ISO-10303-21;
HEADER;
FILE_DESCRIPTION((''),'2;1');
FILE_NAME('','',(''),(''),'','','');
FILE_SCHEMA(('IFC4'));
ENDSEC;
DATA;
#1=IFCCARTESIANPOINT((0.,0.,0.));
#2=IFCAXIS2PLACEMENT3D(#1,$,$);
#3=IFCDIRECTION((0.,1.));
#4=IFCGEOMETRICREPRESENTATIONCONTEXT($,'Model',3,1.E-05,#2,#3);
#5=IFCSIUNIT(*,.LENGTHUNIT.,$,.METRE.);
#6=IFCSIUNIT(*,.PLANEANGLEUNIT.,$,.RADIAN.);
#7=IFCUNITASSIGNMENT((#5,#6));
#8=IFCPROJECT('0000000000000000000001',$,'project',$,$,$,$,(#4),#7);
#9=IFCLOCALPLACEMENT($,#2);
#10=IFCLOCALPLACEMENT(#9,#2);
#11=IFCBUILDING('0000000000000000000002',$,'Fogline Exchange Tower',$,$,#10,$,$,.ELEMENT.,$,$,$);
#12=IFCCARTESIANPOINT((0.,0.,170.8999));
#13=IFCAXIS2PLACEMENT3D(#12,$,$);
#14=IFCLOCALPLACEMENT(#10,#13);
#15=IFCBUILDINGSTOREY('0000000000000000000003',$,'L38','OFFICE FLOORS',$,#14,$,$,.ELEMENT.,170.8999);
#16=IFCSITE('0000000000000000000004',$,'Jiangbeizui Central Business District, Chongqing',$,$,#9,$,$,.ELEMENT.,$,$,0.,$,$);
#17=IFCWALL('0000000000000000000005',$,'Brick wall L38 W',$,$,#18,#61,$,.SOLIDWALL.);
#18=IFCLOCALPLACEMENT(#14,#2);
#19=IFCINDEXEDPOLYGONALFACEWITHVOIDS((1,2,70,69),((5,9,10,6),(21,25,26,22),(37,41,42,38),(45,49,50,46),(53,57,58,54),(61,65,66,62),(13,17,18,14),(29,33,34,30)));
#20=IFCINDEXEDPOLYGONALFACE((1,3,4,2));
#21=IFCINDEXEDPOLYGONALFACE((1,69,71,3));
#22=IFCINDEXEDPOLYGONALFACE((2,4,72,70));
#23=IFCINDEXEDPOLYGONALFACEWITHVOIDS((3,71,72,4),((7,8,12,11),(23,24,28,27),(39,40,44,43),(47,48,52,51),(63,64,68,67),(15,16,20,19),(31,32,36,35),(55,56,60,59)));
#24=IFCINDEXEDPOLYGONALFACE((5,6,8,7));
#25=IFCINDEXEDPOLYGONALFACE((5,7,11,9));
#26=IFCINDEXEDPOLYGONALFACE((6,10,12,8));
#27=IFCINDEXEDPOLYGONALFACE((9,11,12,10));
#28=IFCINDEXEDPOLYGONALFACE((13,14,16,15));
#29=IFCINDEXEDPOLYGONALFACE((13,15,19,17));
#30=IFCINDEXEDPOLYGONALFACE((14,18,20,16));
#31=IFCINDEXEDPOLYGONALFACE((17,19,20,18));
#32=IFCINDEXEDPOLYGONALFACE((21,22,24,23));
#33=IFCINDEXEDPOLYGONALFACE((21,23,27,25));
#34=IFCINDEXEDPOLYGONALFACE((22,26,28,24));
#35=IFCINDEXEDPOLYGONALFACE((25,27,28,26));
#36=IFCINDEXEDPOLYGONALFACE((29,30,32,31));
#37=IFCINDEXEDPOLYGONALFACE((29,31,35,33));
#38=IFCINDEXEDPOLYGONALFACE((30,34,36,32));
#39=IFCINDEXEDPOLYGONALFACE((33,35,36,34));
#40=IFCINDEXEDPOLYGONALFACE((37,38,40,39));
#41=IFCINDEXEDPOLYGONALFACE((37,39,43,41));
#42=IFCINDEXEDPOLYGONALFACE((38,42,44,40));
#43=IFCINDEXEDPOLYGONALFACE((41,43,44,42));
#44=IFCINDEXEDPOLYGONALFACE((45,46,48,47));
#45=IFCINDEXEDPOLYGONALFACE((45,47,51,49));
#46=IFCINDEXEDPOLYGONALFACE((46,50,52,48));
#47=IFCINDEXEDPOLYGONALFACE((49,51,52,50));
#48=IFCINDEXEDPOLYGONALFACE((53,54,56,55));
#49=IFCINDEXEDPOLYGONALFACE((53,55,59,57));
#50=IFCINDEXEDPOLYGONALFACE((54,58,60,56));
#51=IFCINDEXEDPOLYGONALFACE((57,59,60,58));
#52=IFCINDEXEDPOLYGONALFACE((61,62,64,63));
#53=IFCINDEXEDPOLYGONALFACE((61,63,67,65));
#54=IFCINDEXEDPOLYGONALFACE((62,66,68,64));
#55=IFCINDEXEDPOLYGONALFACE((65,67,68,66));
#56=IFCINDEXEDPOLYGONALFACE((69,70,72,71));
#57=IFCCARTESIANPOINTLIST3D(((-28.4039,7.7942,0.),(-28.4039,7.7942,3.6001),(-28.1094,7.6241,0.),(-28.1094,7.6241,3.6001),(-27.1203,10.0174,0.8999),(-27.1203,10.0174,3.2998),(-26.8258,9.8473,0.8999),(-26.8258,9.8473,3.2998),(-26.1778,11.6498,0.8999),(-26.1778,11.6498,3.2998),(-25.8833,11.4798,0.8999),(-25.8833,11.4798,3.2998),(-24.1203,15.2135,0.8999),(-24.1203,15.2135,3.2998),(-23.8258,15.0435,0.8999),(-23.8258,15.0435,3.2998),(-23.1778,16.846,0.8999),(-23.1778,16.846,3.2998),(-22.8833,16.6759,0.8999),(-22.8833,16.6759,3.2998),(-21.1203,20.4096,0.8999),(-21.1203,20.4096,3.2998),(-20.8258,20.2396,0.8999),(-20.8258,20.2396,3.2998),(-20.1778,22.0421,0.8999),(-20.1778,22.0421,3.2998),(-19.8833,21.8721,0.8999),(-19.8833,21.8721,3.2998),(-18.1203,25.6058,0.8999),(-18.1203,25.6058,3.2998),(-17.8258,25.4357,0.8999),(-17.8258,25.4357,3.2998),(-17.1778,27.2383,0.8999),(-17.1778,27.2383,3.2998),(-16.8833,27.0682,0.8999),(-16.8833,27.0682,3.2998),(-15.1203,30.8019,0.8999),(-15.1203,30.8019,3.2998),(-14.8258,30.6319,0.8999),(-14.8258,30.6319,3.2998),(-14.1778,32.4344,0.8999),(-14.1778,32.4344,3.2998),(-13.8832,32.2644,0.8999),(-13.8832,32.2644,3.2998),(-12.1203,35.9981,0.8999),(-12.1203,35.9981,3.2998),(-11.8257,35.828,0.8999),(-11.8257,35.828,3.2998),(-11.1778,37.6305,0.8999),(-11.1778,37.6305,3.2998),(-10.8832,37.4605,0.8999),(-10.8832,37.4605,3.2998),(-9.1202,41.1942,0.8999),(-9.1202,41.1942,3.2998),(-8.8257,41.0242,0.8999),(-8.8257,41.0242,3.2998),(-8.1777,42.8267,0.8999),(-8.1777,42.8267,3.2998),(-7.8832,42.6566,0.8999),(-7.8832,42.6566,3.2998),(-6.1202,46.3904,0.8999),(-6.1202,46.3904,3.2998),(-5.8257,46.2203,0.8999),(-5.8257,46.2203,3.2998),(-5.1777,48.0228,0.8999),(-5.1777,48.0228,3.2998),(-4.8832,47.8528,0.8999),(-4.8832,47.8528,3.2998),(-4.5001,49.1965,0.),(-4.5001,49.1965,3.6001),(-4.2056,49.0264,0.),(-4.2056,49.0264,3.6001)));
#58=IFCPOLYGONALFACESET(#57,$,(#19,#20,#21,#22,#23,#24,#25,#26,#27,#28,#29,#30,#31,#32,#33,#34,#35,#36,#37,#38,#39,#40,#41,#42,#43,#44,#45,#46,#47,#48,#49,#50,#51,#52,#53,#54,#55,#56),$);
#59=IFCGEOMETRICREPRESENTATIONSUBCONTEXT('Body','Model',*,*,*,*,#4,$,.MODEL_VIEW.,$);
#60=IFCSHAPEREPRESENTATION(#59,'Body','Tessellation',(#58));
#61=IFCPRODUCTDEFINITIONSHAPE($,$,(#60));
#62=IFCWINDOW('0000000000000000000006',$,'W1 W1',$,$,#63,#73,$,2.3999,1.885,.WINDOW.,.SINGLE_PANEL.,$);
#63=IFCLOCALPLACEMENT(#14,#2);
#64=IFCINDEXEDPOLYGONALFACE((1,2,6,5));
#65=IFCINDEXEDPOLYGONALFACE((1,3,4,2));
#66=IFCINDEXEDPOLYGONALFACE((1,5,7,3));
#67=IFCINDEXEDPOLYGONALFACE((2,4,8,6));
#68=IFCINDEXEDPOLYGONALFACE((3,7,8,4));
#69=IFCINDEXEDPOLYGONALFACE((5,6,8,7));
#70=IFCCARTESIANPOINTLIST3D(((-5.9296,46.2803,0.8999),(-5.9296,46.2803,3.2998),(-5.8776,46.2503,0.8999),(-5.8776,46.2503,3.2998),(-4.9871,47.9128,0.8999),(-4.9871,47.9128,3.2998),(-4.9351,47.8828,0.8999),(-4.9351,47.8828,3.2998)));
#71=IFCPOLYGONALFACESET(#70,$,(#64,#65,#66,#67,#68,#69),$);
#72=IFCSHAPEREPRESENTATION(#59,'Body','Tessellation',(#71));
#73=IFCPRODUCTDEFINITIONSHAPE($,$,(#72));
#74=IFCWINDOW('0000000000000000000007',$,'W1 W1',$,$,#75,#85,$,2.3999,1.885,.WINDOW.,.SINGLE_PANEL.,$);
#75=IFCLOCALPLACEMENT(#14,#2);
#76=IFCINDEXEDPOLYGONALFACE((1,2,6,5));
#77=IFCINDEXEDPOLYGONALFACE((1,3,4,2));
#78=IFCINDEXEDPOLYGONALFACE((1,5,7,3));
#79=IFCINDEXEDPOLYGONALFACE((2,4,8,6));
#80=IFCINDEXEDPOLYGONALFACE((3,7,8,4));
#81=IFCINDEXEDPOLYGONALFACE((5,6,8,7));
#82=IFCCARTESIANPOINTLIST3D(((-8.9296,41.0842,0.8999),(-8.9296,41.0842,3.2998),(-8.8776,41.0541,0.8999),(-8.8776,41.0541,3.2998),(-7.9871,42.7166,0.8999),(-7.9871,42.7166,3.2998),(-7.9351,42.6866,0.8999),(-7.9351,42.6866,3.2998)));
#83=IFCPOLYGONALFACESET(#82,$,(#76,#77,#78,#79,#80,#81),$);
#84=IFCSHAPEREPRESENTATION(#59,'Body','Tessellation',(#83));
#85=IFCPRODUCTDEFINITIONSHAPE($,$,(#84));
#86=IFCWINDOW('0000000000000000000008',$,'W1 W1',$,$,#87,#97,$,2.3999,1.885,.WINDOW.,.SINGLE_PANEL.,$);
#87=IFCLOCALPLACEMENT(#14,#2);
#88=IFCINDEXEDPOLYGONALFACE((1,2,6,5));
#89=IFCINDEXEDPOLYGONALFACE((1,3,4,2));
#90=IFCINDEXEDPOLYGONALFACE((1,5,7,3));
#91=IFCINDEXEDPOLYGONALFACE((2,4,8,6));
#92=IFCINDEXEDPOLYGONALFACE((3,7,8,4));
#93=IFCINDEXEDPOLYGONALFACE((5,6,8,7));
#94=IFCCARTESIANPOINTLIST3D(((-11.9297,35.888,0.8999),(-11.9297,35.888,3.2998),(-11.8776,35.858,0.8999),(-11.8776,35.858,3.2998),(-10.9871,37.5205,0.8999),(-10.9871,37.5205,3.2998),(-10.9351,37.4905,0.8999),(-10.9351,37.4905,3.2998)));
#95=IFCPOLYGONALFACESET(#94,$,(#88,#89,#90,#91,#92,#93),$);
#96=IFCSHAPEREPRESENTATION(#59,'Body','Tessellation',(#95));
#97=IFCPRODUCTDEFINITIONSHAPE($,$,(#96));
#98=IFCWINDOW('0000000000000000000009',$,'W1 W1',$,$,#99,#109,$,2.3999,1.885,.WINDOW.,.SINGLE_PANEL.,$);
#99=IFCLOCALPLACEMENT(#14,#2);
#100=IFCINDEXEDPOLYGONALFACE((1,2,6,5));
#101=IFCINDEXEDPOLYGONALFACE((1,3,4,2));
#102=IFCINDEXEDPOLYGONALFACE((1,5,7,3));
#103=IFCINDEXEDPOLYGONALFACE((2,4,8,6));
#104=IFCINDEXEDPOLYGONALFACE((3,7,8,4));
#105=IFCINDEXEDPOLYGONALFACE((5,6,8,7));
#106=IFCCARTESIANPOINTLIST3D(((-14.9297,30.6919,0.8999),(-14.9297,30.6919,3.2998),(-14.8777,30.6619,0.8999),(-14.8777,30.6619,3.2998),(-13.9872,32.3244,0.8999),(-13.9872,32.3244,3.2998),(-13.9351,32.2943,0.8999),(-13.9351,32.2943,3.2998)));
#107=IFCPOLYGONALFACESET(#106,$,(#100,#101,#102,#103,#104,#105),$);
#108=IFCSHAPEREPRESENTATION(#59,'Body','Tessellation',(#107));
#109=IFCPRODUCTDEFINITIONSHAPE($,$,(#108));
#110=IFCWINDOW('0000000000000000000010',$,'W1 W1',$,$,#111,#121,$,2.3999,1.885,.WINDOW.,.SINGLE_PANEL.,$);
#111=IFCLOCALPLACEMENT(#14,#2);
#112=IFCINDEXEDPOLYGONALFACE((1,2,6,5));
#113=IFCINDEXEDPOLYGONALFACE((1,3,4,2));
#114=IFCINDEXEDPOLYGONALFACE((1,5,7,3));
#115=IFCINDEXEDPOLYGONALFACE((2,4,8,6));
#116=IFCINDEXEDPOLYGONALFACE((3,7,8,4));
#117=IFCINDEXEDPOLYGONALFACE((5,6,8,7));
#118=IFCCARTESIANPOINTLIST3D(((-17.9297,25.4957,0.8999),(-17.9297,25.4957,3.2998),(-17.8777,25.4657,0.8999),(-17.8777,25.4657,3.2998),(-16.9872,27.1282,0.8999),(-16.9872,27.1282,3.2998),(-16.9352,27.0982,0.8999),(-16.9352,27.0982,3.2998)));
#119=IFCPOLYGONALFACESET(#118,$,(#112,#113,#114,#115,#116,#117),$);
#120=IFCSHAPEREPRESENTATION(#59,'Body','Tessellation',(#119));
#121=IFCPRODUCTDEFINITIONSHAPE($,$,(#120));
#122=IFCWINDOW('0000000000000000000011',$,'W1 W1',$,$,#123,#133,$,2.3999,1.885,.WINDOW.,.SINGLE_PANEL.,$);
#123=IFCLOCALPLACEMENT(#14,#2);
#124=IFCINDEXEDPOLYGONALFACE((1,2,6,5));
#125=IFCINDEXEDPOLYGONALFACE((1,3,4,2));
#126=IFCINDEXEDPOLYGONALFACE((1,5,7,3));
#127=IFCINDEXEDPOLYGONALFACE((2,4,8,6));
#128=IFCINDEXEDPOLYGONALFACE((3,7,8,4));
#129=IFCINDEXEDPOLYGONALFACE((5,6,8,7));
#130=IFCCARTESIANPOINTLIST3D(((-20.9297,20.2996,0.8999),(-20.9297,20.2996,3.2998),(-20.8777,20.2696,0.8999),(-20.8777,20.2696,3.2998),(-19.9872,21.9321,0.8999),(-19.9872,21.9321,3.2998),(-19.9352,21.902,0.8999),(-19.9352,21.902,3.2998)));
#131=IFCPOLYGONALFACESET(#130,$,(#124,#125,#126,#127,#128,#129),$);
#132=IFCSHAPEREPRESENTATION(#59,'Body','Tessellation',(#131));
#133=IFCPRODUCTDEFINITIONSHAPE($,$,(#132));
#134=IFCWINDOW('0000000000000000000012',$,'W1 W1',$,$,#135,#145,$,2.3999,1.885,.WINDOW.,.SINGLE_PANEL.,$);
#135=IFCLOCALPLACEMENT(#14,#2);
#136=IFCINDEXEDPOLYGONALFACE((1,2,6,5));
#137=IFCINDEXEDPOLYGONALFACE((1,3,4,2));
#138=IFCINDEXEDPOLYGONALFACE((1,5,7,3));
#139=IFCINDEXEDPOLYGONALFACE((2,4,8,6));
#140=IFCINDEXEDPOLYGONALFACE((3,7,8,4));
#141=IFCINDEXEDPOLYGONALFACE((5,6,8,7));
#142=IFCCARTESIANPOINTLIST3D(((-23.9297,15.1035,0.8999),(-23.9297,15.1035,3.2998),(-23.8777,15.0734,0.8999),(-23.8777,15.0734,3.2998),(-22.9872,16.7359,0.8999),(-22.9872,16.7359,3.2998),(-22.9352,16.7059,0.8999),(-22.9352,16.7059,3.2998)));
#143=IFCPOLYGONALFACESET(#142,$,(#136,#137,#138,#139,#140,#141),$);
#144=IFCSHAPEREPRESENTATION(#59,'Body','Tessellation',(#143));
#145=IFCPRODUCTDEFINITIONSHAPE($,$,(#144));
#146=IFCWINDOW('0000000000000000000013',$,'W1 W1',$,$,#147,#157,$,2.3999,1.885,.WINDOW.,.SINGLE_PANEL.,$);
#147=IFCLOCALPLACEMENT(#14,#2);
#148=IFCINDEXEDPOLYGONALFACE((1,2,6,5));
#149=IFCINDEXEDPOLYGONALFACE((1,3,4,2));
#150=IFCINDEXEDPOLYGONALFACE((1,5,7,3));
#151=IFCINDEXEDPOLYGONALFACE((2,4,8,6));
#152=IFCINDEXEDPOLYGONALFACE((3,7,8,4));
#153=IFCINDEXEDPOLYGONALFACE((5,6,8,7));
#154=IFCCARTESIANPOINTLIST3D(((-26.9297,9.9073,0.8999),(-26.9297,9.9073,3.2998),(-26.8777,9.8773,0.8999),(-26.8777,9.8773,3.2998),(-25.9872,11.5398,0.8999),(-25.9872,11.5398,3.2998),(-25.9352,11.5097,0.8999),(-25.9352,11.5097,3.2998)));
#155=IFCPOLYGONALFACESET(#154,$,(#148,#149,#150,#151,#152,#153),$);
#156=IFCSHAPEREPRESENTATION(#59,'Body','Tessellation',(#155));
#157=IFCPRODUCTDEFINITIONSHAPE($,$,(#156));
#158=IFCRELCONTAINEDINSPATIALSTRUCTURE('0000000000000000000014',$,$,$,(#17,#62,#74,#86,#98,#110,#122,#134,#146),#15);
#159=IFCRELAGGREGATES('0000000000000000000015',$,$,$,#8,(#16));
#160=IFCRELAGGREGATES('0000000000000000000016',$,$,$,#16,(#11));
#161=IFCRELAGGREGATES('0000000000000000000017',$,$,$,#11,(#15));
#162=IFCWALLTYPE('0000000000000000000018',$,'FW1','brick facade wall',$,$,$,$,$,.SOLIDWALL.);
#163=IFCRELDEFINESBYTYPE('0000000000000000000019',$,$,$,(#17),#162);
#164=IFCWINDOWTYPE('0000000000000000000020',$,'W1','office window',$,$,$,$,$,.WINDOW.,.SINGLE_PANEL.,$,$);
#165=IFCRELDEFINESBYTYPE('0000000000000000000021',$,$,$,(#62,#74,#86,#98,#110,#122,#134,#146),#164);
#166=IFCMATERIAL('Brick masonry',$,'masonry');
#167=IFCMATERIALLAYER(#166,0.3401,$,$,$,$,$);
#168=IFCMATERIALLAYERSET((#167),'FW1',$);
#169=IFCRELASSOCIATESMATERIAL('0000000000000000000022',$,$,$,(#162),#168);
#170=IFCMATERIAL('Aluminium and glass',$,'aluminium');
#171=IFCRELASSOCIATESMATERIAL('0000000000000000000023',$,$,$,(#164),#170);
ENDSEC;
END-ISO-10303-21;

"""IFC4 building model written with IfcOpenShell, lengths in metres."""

from ifc_helpers import new_model, si_unit, direction, frame, frame_2d, origin, place, context, subcontext, project, spatial, rectangle, extrude, material, layer, layer_set, type_object, element, fill, save


model = new_model("IFC4")

# Units and contexts
model_context = context("Model", 3, precision=1e-05, world=origin(), true_north=direction((0.0, 1.0)))
body_context = subcontext(model_context, "Body", "Model", "MODEL_VIEW")
ifc_project = project(units=[si_unit("LENGTHUNIT", "METRE"), si_unit("PLANEANGLEUNIT", "RADIAN")], contexts=[model_context])

# Site, building, storey
site_placement = place(None, origin())
site = spatial("IfcSite", under=ifc_project, at=site_placement, Name="Jiangbeizui Central Business District, Chongqing", CompositionType="ELEMENT", RefElevation=0.0)
building_placement = place(site_placement, origin())
building = spatial("IfcBuilding", under=site, at=building_placement, Name="Fogline Exchange Tower", CompositionType="ELEMENT")
storey_placement = place(building_placement, frame((0.0, 0.0, 170.8999)))
storey = spatial("IfcBuildingStorey", under=building, at=storey_placement, Name="L38", Description="OFFICE FLOORS", CompositionType="ELEMENT", Elevation=170.8999)

# Wall, openings, windows
ifc_material_1 = material(Name="Brick masonry", Category="masonry")
ifc_layer_1 = layer(ifc_material_1, 0.3401)
ifc_layer_set_1 = layer_set([ifc_layer_1], Name="FW1")
wall_type_1 = type_object("IfcWallType", Name="FW1", Description="brick facade wall", PredefinedType="SOLIDWALL", material=ifc_layer_set_1)
wall_1_placement = place(storey_placement, frame((-4.3528, 49.1116, 0.0), z_axis=(0.0, 0.0, 1.0), x_axis=(-0.500002, -0.866024, 0.0)))
wall_1 = element("IfcWall", 1, at=wall_1_placement, inside=storey, type_object=wall_type_1, Name="Brick wall L38 W", PredefinedType="SOLIDWALL", context=body_context, shape_type="SweptSolid", body=[
    extrude(rectangle(XDim=47.8074, YDim=0.3401, at=frame_2d((23.9038, 0.0))), origin(), (0.0, 0.0, 1.0), 3.6001),
])
opening_1_placement = place(wall_1_placement, frame((1.3555, 0.0, 0.8999)))
opening_1 = element("IfcOpeningElement", 2, at=opening_1_placement, cuts=wall_1, PredefinedType="OPENING", context=body_context, shape_type="SweptSolid", body=[
    extrude(rectangle(XDim=1.885, YDim=2.3999, at=frame_2d((0.9424, 1.2))), frame((0.0, 0.1802, 0.0), z_axis=(0.0, -1.0, 0.0), x_axis=(1.0, 0.0, 0.0)), (0.0, 0.0, 1.0), 0.3601),
])
opening_2_placement = place(wall_1_placement, frame((7.3555, 0.0, 0.8999)))
opening_2 = element("IfcOpeningElement", 3, at=opening_2_placement, cuts=wall_1, PredefinedType="OPENING", context=body_context, shape_type="SweptSolid", body=[
    extrude(rectangle(XDim=1.885, YDim=2.3999, at=frame_2d((0.9424, 1.2))), frame((0.0, 0.1802, 0.0), z_axis=(0.0, -1.0, 0.0), x_axis=(1.0, 0.0, 0.0)), (0.0, 0.0, 1.0), 0.3601),
])
opening_3_placement = place(wall_1_placement, frame((13.3555, 0.0, 0.8999)))
opening_3 = element("IfcOpeningElement", 4, at=opening_3_placement, cuts=wall_1, PredefinedType="OPENING", context=body_context, shape_type="SweptSolid", body=[
    extrude(rectangle(XDim=1.885, YDim=2.3999, at=frame_2d((0.9424, 1.2))), frame((0.0, 0.1802, 0.0), z_axis=(0.0, -1.0, 0.0), x_axis=(1.0, 0.0, 0.0)), (0.0, 0.0, 1.0), 0.3601),
])
opening_4_placement = place(wall_1_placement, frame((19.3555, 0.0, 0.8999)))
opening_4 = element("IfcOpeningElement", 5, at=opening_4_placement, cuts=wall_1, PredefinedType="OPENING", context=body_context, shape_type="SweptSolid", body=[
    extrude(rectangle(XDim=1.885, YDim=2.3999, at=frame_2d((0.9424, 1.2))), frame((0.0, 0.1802, 0.0), z_axis=(0.0, -1.0, 0.0), x_axis=(1.0, 0.0, 0.0)), (0.0, 0.0, 1.0), 0.3601),
])
opening_5_placement = place(wall_1_placement, frame((25.3555, 0.0, 0.8999)))
opening_5 = element("IfcOpeningElement", 6, at=opening_5_placement, cuts=wall_1, PredefinedType="OPENING", context=body_context, shape_type="SweptSolid", body=[
    extrude(rectangle(XDim=1.885, YDim=2.3999, at=frame_2d((0.9424, 1.2))), frame((0.0, 0.1802, 0.0), z_axis=(0.0, -1.0, 0.0), x_axis=(1.0, 0.0, 0.0)), (0.0, 0.0, 1.0), 0.3601),
])
opening_6_placement = place(wall_1_placement, frame((31.3555, 0.0, 0.8999)))
opening_6 = element("IfcOpeningElement", 7, at=opening_6_placement, cuts=wall_1, PredefinedType="OPENING", context=body_context, shape_type="SweptSolid", body=[
    extrude(rectangle(XDim=1.885, YDim=2.3999, at=frame_2d((0.9424, 1.2))), frame((0.0, 0.1802, 0.0), z_axis=(0.0, -1.0, 0.0), x_axis=(1.0, 0.0, 0.0)), (0.0, 0.0, 1.0), 0.3601),
])
opening_7_placement = place(wall_1_placement, frame((37.3555, 0.0, 0.8999)))
opening_7 = element("IfcOpeningElement", 8, at=opening_7_placement, cuts=wall_1, PredefinedType="OPENING", context=body_context, shape_type="SweptSolid", body=[
    extrude(rectangle(XDim=1.885, YDim=2.3999, at=frame_2d((0.9424, 1.2))), frame((0.0, 0.1802, 0.0), z_axis=(0.0, -1.0, 0.0), x_axis=(1.0, 0.0, 0.0)), (0.0, 0.0, 1.0), 0.3601),
])
opening_8_placement = place(wall_1_placement, frame((43.3555, 0.0, 0.8999)))
opening_8 = element("IfcOpeningElement", 9, at=opening_8_placement, cuts=wall_1, PredefinedType="OPENING", context=body_context, shape_type="SweptSolid", body=[
    extrude(rectangle(XDim=1.885, YDim=2.3999, at=frame_2d((0.9424, 1.2))), frame((0.0, 0.1802, 0.0), z_axis=(0.0, -1.0, 0.0), x_axis=(1.0, 0.0, 0.0)), (0.0, 0.0, 1.0), 0.3601),
])
ifc_material_2 = material(Name="Aluminium and glass", Category="aluminium")
window_type = type_object("IfcWindowType", Name="W1", Description="office window", PartitioningType="SINGLE_PANEL", PredefinedType="WINDOW", material=ifc_material_2)
window_1_placement = place(opening_1_placement, origin())
window_1 = element("IfcWindow", 10, at=window_1_placement, inside=storey, type_object=window_type, Name="W1 W1", OverallHeight=2.3999, OverallWidth=1.885, PartitioningType="SINGLE_PANEL", PredefinedType="WINDOW", context=body_context, shape_type="SweptSolid", body=[
    extrude(rectangle(XDim=1.885, YDim=2.3999, at=frame_2d((0.9424, 1.2))), frame((0.0, 0.1101, 0.0), z_axis=(0.0, -1.0, 0.0), x_axis=(1.0, 0.0, 0.0)), (0.0, 0.0, 1.0), 0.0601),
])
fill(opening_1, window_1)
window_2_placement = place(opening_2_placement, origin())
window_2 = element("IfcWindow", 11, at=window_2_placement, inside=storey, type_object=window_type, Name="W1 W1", OverallHeight=2.3999, OverallWidth=1.885, PartitioningType="SINGLE_PANEL", PredefinedType="WINDOW", context=body_context, shape_type="SweptSolid", body=[
    extrude(rectangle(XDim=1.885, YDim=2.3999, at=frame_2d((0.9424, 1.2))), frame((0.0, 0.1101, 0.0), z_axis=(0.0, -1.0, 0.0), x_axis=(1.0, 0.0, 0.0)), (0.0, 0.0, 1.0), 0.0601),
])
fill(opening_2, window_2)
window_3_placement = place(opening_3_placement, origin())
window_3 = element("IfcWindow", 12, at=window_3_placement, inside=storey, type_object=window_type, Name="W1 W1", OverallHeight=2.3999, OverallWidth=1.885, PartitioningType="SINGLE_PANEL", PredefinedType="WINDOW", context=body_context, shape_type="SweptSolid", body=[
    extrude(rectangle(XDim=1.885, YDim=2.3999, at=frame_2d((0.9424, 1.2))), frame((0.0, 0.1101, 0.0), z_axis=(0.0, -1.0, 0.0), x_axis=(1.0, 0.0, 0.0)), (0.0, 0.0, 1.0), 0.0601),
])
fill(opening_3, window_3)
window_4_placement = place(opening_4_placement, origin())
window_4 = element("IfcWindow", 13, at=window_4_placement, inside=storey, type_object=window_type, Name="W1 W1", OverallHeight=2.3999, OverallWidth=1.885, PartitioningType="SINGLE_PANEL", PredefinedType="WINDOW", context=body_context, shape_type="SweptSolid", body=[
    extrude(rectangle(XDim=1.885, YDim=2.3999, at=frame_2d((0.9424, 1.2))), frame((0.0, 0.1101, 0.0), z_axis=(0.0, -1.0, 0.0), x_axis=(1.0, 0.0, 0.0)), (0.0, 0.0, 1.0), 0.0601),
])
fill(opening_4, window_4)
window_5_placement = place(opening_5_placement, origin())
window_5 = element("IfcWindow", 14, at=window_5_placement, inside=storey, type_object=window_type, Name="W1 W1", OverallHeight=2.3999, OverallWidth=1.885, PartitioningType="SINGLE_PANEL", PredefinedType="WINDOW", context=body_context, shape_type="SweptSolid", body=[
    extrude(rectangle(XDim=1.885, YDim=2.3999, at=frame_2d((0.9424, 1.2))), frame((0.0, 0.1101, 0.0), z_axis=(0.0, -1.0, 0.0), x_axis=(1.0, 0.0, 0.0)), (0.0, 0.0, 1.0), 0.0601),
])
fill(opening_5, window_5)
window_6_placement = place(opening_6_placement, origin())
window_6 = element("IfcWindow", 15, at=window_6_placement, inside=storey, type_object=window_type, Name="W1 W1", OverallHeight=2.3999, OverallWidth=1.885, PartitioningType="SINGLE_PANEL", PredefinedType="WINDOW", context=body_context, shape_type="SweptSolid", body=[
    extrude(rectangle(XDim=1.885, YDim=2.3999, at=frame_2d((0.9424, 1.2))), frame((0.0, 0.1101, 0.0), z_axis=(0.0, -1.0, 0.0), x_axis=(1.0, 0.0, 0.0)), (0.0, 0.0, 1.0), 0.0601),
])
fill(opening_6, window_6)
window_7_placement = place(opening_7_placement, origin())
window_7 = element("IfcWindow", 16, at=window_7_placement, inside=storey, type_object=window_type, Name="W1 W1", OverallHeight=2.3999, OverallWidth=1.885, PartitioningType="SINGLE_PANEL", PredefinedType="WINDOW", context=body_context, shape_type="SweptSolid", body=[
    extrude(rectangle(XDim=1.885, YDim=2.3999, at=frame_2d((0.9424, 1.2))), frame((0.0, 0.1101, 0.0), z_axis=(0.0, -1.0, 0.0), x_axis=(1.0, 0.0, 0.0)), (0.0, 0.0, 1.0), 0.0601),
])
fill(opening_7, window_7)
window_8_placement = place(opening_8_placement, origin())
window_8 = element("IfcWindow", 17, at=window_8_placement, inside=storey, type_object=window_type, Name="W1 W1", OverallHeight=2.3999, OverallWidth=1.885, PartitioningType="SINGLE_PANEL", PredefinedType="WINDOW", context=body_context, shape_type="SweptSolid", body=[
    extrude(rectangle(XDim=1.885, YDim=2.3999, at=frame_2d((0.9424, 1.2))), frame((0.0, 0.1101, 0.0), z_axis=(0.0, -1.0, 0.0), x_axis=(1.0, 0.0, 0.0)), (0.0, 0.0, 1.0), 0.0601),
])
fill(opening_8, window_8)

save(model, "model.ifc")
